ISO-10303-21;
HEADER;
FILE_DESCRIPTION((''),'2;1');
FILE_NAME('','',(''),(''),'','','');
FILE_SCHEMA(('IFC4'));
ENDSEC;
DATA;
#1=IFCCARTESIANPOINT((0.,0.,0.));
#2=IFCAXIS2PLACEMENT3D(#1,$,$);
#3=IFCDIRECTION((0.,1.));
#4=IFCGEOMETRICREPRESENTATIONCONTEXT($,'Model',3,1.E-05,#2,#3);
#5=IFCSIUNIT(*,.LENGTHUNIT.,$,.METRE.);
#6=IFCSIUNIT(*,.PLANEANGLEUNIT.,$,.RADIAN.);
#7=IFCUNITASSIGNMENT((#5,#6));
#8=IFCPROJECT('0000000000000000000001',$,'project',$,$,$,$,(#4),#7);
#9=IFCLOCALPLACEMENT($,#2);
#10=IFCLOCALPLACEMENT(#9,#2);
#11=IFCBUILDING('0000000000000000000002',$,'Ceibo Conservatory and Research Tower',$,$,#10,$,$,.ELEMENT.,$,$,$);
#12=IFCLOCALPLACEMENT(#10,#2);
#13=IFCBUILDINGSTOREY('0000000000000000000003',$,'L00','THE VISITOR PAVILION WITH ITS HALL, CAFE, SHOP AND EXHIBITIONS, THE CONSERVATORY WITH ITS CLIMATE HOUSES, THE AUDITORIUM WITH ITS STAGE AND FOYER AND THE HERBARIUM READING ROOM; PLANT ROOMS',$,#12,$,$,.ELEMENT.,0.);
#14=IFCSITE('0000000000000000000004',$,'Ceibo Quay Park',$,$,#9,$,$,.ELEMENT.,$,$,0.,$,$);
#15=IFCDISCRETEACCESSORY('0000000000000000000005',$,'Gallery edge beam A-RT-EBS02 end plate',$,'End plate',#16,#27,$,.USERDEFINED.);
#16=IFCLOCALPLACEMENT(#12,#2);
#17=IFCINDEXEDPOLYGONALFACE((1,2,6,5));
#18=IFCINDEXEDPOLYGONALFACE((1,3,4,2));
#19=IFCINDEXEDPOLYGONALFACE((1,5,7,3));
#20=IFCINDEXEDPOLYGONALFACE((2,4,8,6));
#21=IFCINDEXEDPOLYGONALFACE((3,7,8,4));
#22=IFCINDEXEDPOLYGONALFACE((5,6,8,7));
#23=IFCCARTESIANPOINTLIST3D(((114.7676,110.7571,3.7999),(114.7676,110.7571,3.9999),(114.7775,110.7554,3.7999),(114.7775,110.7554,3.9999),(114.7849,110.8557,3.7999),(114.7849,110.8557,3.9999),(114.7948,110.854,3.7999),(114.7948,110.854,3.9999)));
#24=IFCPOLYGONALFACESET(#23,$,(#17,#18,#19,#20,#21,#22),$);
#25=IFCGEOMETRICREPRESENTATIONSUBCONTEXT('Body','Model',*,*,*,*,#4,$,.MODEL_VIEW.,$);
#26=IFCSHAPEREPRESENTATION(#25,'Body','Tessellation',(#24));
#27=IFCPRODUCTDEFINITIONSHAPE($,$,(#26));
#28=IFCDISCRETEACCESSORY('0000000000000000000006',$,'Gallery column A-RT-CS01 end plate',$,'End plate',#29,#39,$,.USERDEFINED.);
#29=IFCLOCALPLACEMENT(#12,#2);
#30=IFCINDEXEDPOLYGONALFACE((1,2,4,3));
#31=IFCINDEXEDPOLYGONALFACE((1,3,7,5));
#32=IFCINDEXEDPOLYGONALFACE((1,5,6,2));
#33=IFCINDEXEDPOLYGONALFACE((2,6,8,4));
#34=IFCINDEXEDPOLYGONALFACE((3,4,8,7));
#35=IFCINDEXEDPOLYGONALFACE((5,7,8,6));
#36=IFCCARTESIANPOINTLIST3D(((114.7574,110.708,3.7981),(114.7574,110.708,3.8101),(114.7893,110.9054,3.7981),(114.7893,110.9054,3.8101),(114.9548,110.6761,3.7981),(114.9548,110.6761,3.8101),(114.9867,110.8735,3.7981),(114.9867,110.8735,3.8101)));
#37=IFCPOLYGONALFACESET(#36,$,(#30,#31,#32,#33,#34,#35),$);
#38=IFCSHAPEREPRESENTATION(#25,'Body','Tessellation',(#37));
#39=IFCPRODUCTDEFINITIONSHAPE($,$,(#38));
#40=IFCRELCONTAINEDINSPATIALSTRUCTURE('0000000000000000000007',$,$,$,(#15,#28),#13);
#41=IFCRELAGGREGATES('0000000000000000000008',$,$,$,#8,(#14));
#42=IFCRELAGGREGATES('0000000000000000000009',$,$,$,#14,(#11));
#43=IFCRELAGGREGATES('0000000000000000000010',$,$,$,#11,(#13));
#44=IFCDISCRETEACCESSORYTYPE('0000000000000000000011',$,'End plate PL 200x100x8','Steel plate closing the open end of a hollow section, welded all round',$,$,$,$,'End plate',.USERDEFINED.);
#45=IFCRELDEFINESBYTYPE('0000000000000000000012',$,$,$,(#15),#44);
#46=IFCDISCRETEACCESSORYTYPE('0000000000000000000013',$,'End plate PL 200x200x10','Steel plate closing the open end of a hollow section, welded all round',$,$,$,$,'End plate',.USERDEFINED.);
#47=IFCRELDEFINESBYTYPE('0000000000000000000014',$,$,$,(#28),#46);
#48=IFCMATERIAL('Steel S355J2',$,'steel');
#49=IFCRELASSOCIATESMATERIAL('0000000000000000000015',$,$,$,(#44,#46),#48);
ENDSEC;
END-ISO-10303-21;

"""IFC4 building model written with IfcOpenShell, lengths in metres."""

from ifc_helpers import new_model, si_unit, direction, frame, origin, origin_2d, place, context, subcontext, project, spatial, rectangle, extrude, material, material_profile, profile_set, type_object, element, save


model = new_model("IFC4")

# Units and contexts
model_context = context("Model", 3, precision=1e-05, world=origin(), true_north=direction((0.0, 1.0)))
body_context = subcontext(model_context, "Body", "Model", "MODEL_VIEW")
ifc_project = project(units=[si_unit("LENGTHUNIT", "METRE"), si_unit("PLANEANGLEUNIT", "RADIAN")], contexts=[model_context])

# Site, building, storey
site_placement = place(None, origin())
site = spatial("IfcSite", under=ifc_project, at=site_placement, Name="Ceibo Quay Park", CompositionType="ELEMENT", RefElevation=0.0)
building_placement = place(site_placement, origin())
building = spatial("IfcBuilding", under=site, at=building_placement, Name="Ceibo Conservatory and Research Tower", CompositionType="ELEMENT")
storey_placement = place(building_placement, origin())
storey = spatial("IfcBuildingStorey", under=building, at=storey_placement, Name="L00", Description="THE VISITOR PAVILION WITH ITS HALL, CAFE, SHOP AND EXHIBITIONS, THE CONSERVATORY WITH ITS CLIMATE HOUSES, THE AUDITORIUM WITH ITS STAGE AND FOYER AND THE HERBARIUM READING ROOM; PLANT ROOMS", CompositionType="ELEMENT", Elevation=0.0)

# Discrete accessories
ifc_material_1 = material(Name="Steel S355J2", Category="steel")
ifc_material_profile_1 = material_profile(ifc_material_1, rectangle(XDim=0.1001, YDim=0.2, at=origin_2d()), Name="End plate PL 200x100x8")
ifc_profile_set_1 = profile_set([ifc_material_profile_1], Name="Steel S355J2")
discrete_accessory_type_1 = type_object("IfcDiscreteAccessoryType", Name="End plate PL 200x100x8", Description="Steel plate closing the open end of a hollow section, welded all round", ElementType="End plate", PredefinedType="USERDEFINED", material=ifc_profile_set_1)
discrete_accessory_1_placement = place(storey_placement, frame((114.7861, 110.8047, 3.8999), z_axis=(-0.98503, 0.17238, 0.0), x_axis=(-0.17238, -0.98503, 0.0)))
element("IfcDiscreteAccessory", 1, at=discrete_accessory_1_placement, inside=storey, type_object=discrete_accessory_type_1, Name="Gallery edge beam A-RT-EBS02 end plate", ObjectType="End plate", PredefinedType="USERDEFINED", context=body_context, shape_type="SweptSolid", body=[
    extrude(rectangle(XDim=0.1001, YDim=0.2, at=origin_2d()), origin(), (0.0, 0.0, 1.0), 0.01),
])
ifc_material_profile_2 = material_profile(ifc_material_1, rectangle(XDim=0.2, YDim=0.2, at=origin_2d()), Name="End plate PL 200x200x10")
ifc_profile_set_2 = profile_set([ifc_material_profile_2], Name="Steel S355J2")
discrete_accessory_type_2 = type_object("IfcDiscreteAccessoryType", Name="End plate PL 200x200x10", Description="Steel plate closing the open end of a hollow section, welded all round", ElementType="End plate", PredefinedType="USERDEFINED", material=ifc_profile_set_2)
discrete_accessory_2_placement = place(storey_placement, frame((114.8721, 110.7908, 3.7981), z_axis=(0.0, 0.0, 1.0), x_axis=(-0.987216, 0.159391, 0.0)))
element("IfcDiscreteAccessory", 2, at=discrete_accessory_2_placement, inside=storey, type_object=discrete_accessory_type_2, Name="Gallery column A-RT-CS01 end plate", ObjectType="End plate", PredefinedType="USERDEFINED", context=body_context, shape_type="SweptSolid", body=[
    extrude(rectangle(XDim=0.2, YDim=0.2, at=origin_2d()), origin(), (0.0, 0.0, 1.0), 0.012),
])

save(model, "model.ifc")
